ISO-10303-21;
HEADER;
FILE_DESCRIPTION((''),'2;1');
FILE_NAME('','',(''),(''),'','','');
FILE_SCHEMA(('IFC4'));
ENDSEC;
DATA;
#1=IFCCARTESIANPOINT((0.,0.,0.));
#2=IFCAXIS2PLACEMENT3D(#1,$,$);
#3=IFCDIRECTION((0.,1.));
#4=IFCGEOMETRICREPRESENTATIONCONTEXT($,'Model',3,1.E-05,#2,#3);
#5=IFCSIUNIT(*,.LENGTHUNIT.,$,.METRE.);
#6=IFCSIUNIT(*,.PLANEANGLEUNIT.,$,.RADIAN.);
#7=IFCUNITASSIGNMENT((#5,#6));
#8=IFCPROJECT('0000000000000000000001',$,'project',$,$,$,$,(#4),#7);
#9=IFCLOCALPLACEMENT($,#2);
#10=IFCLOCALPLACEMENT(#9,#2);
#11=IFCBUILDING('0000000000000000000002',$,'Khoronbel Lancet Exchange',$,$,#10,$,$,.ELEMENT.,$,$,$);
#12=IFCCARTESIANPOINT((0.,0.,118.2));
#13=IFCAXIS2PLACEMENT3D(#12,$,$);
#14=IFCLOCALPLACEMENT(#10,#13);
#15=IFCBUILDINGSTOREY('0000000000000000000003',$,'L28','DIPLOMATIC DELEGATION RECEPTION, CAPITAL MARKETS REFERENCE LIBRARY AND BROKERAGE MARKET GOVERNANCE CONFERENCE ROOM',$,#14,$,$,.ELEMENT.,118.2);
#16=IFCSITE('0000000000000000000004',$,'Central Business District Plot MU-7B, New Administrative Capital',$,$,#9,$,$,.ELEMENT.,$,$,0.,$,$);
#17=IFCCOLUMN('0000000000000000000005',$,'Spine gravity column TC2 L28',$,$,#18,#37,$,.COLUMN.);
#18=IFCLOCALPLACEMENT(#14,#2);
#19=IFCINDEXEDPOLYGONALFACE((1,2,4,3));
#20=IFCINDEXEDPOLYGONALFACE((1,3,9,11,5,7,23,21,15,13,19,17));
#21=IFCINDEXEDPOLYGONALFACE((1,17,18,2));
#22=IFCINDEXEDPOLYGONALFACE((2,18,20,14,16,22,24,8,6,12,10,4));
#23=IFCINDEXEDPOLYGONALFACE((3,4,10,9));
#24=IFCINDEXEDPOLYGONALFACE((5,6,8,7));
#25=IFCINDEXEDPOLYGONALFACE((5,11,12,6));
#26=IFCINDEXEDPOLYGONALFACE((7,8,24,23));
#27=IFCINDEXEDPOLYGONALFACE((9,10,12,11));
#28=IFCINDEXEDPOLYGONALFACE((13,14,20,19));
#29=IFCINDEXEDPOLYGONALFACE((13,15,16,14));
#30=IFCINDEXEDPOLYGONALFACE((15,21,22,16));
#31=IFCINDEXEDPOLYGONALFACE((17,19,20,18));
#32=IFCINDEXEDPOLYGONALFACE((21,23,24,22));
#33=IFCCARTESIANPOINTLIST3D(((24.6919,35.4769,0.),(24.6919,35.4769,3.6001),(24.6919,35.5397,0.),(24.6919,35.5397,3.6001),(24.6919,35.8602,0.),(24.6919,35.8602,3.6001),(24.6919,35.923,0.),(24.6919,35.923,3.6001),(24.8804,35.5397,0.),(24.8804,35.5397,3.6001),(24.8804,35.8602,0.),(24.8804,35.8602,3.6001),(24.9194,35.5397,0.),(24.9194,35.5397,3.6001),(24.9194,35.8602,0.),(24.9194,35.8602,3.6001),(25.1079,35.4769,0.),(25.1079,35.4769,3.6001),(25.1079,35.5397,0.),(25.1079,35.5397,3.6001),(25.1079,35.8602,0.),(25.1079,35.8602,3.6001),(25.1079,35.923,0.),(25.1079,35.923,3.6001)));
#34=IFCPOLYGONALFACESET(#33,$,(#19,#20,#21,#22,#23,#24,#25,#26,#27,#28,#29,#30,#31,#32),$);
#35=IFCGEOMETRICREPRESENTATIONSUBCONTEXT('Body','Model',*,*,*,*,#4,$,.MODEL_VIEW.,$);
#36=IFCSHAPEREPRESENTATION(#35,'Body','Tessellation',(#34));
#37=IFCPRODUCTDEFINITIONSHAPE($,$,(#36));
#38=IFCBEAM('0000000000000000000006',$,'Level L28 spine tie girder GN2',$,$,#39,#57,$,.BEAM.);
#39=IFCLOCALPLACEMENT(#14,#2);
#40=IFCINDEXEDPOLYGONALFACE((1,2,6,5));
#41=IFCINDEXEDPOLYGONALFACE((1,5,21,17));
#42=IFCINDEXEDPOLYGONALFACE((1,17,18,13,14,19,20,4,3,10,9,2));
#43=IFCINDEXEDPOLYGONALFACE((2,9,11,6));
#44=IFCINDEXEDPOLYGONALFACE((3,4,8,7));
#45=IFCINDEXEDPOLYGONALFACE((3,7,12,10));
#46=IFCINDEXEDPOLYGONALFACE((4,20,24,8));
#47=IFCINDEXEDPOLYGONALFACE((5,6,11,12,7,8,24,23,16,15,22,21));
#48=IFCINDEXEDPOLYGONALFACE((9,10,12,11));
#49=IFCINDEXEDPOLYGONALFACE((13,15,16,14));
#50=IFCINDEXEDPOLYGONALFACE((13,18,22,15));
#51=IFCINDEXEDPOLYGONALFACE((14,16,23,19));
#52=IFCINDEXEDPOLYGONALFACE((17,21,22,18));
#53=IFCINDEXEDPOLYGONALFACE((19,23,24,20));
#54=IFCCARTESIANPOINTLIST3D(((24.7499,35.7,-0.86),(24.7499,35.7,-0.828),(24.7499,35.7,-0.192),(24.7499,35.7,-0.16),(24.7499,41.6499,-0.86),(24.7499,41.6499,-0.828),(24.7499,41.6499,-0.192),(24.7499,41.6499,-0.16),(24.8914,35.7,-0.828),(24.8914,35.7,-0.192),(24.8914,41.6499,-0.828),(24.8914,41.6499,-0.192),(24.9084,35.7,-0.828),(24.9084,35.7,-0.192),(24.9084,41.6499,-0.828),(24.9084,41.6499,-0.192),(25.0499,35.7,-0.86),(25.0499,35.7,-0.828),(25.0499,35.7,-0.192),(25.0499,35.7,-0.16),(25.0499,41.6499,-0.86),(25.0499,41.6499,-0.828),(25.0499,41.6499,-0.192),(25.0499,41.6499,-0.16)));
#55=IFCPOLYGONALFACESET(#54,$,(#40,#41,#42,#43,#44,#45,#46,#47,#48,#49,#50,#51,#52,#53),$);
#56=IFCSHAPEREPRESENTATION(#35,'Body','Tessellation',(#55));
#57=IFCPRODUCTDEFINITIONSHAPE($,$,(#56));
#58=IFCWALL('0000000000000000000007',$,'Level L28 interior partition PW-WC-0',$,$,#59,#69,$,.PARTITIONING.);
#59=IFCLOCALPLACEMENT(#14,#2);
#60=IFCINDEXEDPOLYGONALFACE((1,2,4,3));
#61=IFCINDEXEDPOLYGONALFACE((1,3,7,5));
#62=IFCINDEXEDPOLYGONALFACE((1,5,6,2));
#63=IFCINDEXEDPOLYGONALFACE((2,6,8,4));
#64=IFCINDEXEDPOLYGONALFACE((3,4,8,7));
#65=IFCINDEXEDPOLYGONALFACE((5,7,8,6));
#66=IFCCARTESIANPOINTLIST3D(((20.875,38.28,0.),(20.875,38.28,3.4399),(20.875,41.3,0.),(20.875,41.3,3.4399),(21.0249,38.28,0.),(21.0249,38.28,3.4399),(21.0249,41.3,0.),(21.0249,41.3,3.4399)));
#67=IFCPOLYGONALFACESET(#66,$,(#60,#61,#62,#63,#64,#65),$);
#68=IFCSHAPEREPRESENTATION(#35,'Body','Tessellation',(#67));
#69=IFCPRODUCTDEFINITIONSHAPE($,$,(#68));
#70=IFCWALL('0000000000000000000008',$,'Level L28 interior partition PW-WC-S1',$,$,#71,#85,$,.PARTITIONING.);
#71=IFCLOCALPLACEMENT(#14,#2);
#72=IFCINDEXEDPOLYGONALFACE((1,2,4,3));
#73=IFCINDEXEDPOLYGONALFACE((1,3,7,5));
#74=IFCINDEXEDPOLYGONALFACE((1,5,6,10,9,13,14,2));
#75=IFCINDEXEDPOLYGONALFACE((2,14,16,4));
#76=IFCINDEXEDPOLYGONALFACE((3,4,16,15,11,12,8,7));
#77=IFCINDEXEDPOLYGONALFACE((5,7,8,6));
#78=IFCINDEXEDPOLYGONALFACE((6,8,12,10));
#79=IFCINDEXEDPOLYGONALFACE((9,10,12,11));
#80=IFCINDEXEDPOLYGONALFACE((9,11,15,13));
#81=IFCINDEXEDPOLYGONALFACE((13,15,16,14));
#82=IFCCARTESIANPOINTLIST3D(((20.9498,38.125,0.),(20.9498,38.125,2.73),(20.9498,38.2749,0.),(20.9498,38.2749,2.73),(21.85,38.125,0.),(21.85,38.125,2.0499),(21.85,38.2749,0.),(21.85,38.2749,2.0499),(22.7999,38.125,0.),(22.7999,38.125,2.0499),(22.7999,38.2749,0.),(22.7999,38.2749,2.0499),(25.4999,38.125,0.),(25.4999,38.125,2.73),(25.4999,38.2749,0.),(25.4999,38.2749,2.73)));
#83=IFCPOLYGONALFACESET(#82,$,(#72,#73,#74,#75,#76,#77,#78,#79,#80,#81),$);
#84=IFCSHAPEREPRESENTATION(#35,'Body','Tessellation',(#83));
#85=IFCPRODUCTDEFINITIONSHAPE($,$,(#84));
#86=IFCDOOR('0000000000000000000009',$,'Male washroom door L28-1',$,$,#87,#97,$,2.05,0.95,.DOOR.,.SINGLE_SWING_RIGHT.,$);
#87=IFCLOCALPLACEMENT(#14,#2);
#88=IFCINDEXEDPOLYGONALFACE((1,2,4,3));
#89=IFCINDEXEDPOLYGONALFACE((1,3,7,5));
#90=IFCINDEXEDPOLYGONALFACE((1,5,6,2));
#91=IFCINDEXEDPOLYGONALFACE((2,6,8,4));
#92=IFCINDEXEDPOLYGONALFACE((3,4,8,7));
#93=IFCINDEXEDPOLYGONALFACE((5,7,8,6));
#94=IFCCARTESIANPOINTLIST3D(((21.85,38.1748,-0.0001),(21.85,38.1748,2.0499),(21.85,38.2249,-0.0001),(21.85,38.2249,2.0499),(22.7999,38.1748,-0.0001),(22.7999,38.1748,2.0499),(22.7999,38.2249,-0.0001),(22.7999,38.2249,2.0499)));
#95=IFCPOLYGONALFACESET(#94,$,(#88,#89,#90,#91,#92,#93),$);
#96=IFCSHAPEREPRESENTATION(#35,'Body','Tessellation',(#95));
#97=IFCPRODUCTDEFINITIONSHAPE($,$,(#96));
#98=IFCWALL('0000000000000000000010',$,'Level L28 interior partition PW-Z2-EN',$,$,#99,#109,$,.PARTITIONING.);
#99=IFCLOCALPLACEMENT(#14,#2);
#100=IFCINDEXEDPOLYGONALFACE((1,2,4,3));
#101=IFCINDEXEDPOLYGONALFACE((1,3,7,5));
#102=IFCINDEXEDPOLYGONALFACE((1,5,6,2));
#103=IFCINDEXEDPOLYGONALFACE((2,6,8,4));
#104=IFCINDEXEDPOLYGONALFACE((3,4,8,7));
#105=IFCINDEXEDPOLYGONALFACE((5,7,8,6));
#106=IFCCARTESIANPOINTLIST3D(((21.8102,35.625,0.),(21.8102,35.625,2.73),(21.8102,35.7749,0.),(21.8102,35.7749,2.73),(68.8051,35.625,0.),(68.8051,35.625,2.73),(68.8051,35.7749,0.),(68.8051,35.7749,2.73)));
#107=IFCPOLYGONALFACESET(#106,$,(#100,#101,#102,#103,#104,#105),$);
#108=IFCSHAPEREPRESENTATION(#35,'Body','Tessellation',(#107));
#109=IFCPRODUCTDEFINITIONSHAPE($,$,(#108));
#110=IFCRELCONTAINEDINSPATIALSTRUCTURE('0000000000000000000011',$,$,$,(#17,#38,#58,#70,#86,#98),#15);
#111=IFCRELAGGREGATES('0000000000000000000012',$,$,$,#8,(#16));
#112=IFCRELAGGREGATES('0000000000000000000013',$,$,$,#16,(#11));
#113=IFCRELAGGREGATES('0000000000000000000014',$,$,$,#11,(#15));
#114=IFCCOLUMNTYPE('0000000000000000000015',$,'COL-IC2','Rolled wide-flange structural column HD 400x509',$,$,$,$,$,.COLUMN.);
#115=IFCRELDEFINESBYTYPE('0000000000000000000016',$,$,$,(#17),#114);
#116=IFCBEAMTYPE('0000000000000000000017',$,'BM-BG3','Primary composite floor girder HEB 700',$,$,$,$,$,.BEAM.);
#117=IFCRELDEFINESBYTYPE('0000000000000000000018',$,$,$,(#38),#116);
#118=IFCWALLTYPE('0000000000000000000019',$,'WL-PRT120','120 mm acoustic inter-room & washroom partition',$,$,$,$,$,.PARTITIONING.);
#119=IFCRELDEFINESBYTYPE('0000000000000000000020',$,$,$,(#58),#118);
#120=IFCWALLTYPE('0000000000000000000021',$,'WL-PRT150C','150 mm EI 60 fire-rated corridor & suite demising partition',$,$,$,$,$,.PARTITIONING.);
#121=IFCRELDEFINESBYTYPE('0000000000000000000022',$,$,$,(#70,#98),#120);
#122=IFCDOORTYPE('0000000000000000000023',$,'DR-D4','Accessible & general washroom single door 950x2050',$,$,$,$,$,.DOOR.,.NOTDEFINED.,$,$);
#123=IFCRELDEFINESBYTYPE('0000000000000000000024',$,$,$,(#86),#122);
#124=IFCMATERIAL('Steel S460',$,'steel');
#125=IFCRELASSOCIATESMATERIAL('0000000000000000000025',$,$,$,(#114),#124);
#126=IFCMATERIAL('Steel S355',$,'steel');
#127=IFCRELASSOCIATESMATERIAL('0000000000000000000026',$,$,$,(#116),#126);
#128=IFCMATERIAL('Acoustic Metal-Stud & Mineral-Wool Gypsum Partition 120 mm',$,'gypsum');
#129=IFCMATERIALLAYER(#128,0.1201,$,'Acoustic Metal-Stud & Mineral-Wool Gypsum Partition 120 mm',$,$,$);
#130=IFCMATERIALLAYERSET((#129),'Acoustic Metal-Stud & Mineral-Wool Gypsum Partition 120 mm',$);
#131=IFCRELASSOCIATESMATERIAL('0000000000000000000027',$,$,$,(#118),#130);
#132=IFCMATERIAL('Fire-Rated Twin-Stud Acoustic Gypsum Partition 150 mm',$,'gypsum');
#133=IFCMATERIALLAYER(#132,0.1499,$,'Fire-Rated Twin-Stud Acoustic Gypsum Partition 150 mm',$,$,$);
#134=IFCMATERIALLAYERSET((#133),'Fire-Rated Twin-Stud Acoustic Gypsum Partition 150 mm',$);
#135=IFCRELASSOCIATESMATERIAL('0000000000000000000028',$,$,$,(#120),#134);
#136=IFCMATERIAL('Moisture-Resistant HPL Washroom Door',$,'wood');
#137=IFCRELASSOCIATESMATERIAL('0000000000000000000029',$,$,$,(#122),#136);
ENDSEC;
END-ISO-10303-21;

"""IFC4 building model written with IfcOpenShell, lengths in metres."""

from ifc_helpers import new_model, si_unit, direction, frame, frame_2d, origin, origin_2d, place, context, subcontext, project, spatial, rectangle, i_section, extrude, material, layer, layer_set, material_profile, profile_set, type_object, element, fill, save


model = new_model("IFC4")

# Units and contexts
model_context = context("Model", 3, precision=1e-05, world=origin(), true_north=direction((0.0, 1.0)))
body_context = subcontext(model_context, "Body", "Model", "MODEL_VIEW")
ifc_project = project(units=[si_unit("LENGTHUNIT", "METRE"), si_unit("PLANEANGLEUNIT", "RADIAN")], contexts=[model_context])

# Site, building, storey
site_placement = place(None, origin())
site = spatial("IfcSite", under=ifc_project, at=site_placement, Name="Central Business District Plot MU-7B, New Administrative Capital", CompositionType="ELEMENT", RefElevation=0.0)
building_placement = place(site_placement, origin())
building = spatial("IfcBuilding", under=site, at=building_placement, Name="Khoronbel Lancet Exchange", CompositionType="ELEMENT")
storey_placement = place(building_placement, frame((0.0, 0.0, 118.2)))
storey = spatial("IfcBuildingStorey", under=building, at=storey_placement, Name="L28", Description="DIPLOMATIC DELEGATION RECEPTION, CAPITAL MARKETS REFERENCE LIBRARY AND BROKERAGE MARKET GOVERNANCE CONFERENCE ROOM", CompositionType="ELEMENT", Elevation=118.2)

# Column
ifc_material_1 = material(Name="Steel S460", Category="steel")
ifc_material_profile_1 = material_profile(ifc_material_1, i_section(OverallWidth=0.416, OverallDepth=0.446, WebThickness=0.0391, FlangeThickness=0.0627, at=origin_2d()), Name="HD 400x509")
ifc_profile_set_1 = profile_set([ifc_material_profile_1], Name="Steel S460")
column_type = type_object("IfcColumnType", Name="COL-IC2", Description="Rolled wide-flange structural column HD 400x509", PredefinedType="COLUMN", material=ifc_profile_set_1)
column_placement = place(storey_placement, frame((24.8999, 35.7, 0.0), z_axis=(0.0, 0.0, 1.0), x_axis=(1.0, 0.0, 0.0)))
element("IfcColumn", 1, at=column_placement, inside=storey, type_object=column_type, Name="Spine gravity column TC2 L28", PredefinedType="COLUMN", context=body_context, shape_type="SweptSolid", body=[
    extrude(i_section(OverallWidth=0.416, OverallDepth=0.446, WebThickness=0.0391, FlangeThickness=0.0627, at=origin_2d()), origin(), (0.0, 0.0, 1.0), 3.6001),
])

# Beam
ifc_material_2 = material(Name="Steel S355", Category="steel")
ifc_material_profile_2 = material_profile(ifc_material_2, i_section(OverallWidth=0.3, OverallDepth=0.7, WebThickness=0.0171, FlangeThickness=0.032, at=origin_2d()), Name="HEB 700")
ifc_profile_set_2 = profile_set([ifc_material_profile_2], Name="Steel S355")
beam_type = type_object("IfcBeamType", Name="BM-BG3", Description="Primary composite floor girder HEB 700", PredefinedType="BEAM", material=ifc_profile_set_2)
beam_placement = place(storey_placement, frame((24.8999, 35.7, -0.51), z_axis=(0.0, 1.0, 0.0), x_axis=(-1.0, 0.0, 0.0)))
element("IfcBeam", 2, at=beam_placement, inside=storey, type_object=beam_type, Name="Level L28 spine tie girder GN2", PredefinedType="BEAM", context=body_context, shape_type="SweptSolid", body=[
    extrude(i_section(OverallWidth=0.3, OverallDepth=0.7, WebThickness=0.0171, FlangeThickness=0.032, at=origin_2d()), origin(), (0.0, 0.0, 1.0), 5.95),
])

# Wall
ifc_material_3 = material(Name="Acoustic Metal-Stud & Mineral-Wool Gypsum Partition 120 mm", Category="gypsum")
ifc_layer_1 = layer(ifc_material_3, 0.1201, Name="Acoustic Metal-Stud & Mineral-Wool Gypsum Partition 120 mm")
ifc_layer_set_1 = layer_set([ifc_layer_1], Name="Acoustic Metal-Stud & Mineral-Wool Gypsum Partition 120 mm")
wall_type_1 = type_object("IfcWallType", Name="WL-PRT120", Description="120 mm acoustic inter-room & washroom partition", PredefinedType="PARTITIONING", material=ifc_layer_set_1)
wall_1_placement = place(storey_placement, frame((20.95, 38.28, 0.0), z_axis=(0.0, 0.0, 1.0), x_axis=(0.0, 1.0, 0.0)))
element("IfcWall", 3, at=wall_1_placement, inside=storey, type_object=wall_type_1, Name="Level L28 interior partition PW-WC-0", PredefinedType="PARTITIONING", context=body_context, shape_type="SweptSolid", body=[
    extrude(rectangle(XDim=3.02, YDim=0.1499, at=frame_2d((1.51, 0.0))), origin(), (0.0, 0.0, 1.0), 3.4399),
])

# Wall, opening, door
ifc_material_4 = material(Name="Fire-Rated Twin-Stud Acoustic Gypsum Partition 150 mm", Category="gypsum")
ifc_layer_2 = layer(ifc_material_4, 0.1499, Name="Fire-Rated Twin-Stud Acoustic Gypsum Partition 150 mm")
ifc_layer_set_2 = layer_set([ifc_layer_2], Name="Fire-Rated Twin-Stud Acoustic Gypsum Partition 150 mm")
wall_type_2 = type_object("IfcWallType", Name="WL-PRT150C", Description="150 mm EI 60 fire-rated corridor & suite demising partition", PredefinedType="PARTITIONING", material=ifc_layer_set_2)
wall_2_placement = place(storey_placement, frame((20.95, 38.2, 0.0), z_axis=(0.0, 0.0, 1.0), x_axis=(1.0, 0.0, 0.0)))
wall_2 = element("IfcWall", 4, at=wall_2_placement, inside=storey, type_object=wall_type_2, Name="Level L28 interior partition PW-WC-S1", PredefinedType="PARTITIONING", context=body_context, shape_type="SweptSolid", body=[
    extrude(rectangle(XDim=4.55, YDim=0.1499, at=frame_2d((2.2749, 0.0))), origin(), (0.0, 0.0, 1.0), 2.73),
])
opening_1_placement = place(wall_2_placement, frame((0.8999, 0.0, 0.0)))
opening_1 = element("IfcOpeningElement", 5, at=opening_1_placement, cuts=wall_2, PredefinedType="OPENING", context=body_context, shape_type="SweptSolid", body=[
    extrude(rectangle(XDim=0.95, YDim=2.05, at=frame_2d((0.4751, 1.0249))), frame((0.0, 0.085, 0.0), z_axis=(0.0, -1.0, 0.0), x_axis=(1.0, 0.0, 0.0)), (0.0, 0.0, 1.0), 0.1699),
])
ifc_material_5 = material(Name="Moisture-Resistant HPL Washroom Door", Category="wood")
door_type_1 = type_object("IfcDoorType", Name="DR-D4", Description="Accessible & general washroom single door 950x2050", OperationType="NOTDEFINED", PredefinedType="DOOR", material=ifc_material_5)
door_1_placement = place(opening_1_placement, origin())
door_1 = element("IfcDoor", 6, at=door_1_placement, inside=storey, type_object=door_type_1, Name="Male washroom door L28-1", OperationType="SINGLE_SWING_RIGHT", OverallHeight=2.05, OverallWidth=0.95, PredefinedType="DOOR", context=body_context, shape_type="SweptSolid", body=[
    extrude(rectangle(XDim=0.95, YDim=2.05, at=frame_2d((0.4751, 1.0249))), frame((0.0, 0.0249, 0.0), z_axis=(0.0, -1.0, 0.0), x_axis=(1.0, 0.0, 0.0)), (0.0, 0.0, 1.0), 0.05),
])
fill(opening_1, door_1)

# Wall
wall_3_placement = place(storey_placement, frame((21.8101, 35.7, 0.0), z_axis=(0.0, 0.0, 1.0), x_axis=(1.0, 0.0, 0.0)))
element("IfcWall", 7, at=wall_3_placement, inside=storey, type_object=wall_type_2, Name="Level L28 interior partition PW-Z2-EN", PredefinedType="PARTITIONING", context=body_context, shape_type="SweptSolid", body=[
    extrude(rectangle(XDim=46.9949, YDim=0.1499, at=frame_2d((23.4976, 0.0))), origin(), (0.0, 0.0, 1.0), 2.73),
])

save(model, "model.ifc")
